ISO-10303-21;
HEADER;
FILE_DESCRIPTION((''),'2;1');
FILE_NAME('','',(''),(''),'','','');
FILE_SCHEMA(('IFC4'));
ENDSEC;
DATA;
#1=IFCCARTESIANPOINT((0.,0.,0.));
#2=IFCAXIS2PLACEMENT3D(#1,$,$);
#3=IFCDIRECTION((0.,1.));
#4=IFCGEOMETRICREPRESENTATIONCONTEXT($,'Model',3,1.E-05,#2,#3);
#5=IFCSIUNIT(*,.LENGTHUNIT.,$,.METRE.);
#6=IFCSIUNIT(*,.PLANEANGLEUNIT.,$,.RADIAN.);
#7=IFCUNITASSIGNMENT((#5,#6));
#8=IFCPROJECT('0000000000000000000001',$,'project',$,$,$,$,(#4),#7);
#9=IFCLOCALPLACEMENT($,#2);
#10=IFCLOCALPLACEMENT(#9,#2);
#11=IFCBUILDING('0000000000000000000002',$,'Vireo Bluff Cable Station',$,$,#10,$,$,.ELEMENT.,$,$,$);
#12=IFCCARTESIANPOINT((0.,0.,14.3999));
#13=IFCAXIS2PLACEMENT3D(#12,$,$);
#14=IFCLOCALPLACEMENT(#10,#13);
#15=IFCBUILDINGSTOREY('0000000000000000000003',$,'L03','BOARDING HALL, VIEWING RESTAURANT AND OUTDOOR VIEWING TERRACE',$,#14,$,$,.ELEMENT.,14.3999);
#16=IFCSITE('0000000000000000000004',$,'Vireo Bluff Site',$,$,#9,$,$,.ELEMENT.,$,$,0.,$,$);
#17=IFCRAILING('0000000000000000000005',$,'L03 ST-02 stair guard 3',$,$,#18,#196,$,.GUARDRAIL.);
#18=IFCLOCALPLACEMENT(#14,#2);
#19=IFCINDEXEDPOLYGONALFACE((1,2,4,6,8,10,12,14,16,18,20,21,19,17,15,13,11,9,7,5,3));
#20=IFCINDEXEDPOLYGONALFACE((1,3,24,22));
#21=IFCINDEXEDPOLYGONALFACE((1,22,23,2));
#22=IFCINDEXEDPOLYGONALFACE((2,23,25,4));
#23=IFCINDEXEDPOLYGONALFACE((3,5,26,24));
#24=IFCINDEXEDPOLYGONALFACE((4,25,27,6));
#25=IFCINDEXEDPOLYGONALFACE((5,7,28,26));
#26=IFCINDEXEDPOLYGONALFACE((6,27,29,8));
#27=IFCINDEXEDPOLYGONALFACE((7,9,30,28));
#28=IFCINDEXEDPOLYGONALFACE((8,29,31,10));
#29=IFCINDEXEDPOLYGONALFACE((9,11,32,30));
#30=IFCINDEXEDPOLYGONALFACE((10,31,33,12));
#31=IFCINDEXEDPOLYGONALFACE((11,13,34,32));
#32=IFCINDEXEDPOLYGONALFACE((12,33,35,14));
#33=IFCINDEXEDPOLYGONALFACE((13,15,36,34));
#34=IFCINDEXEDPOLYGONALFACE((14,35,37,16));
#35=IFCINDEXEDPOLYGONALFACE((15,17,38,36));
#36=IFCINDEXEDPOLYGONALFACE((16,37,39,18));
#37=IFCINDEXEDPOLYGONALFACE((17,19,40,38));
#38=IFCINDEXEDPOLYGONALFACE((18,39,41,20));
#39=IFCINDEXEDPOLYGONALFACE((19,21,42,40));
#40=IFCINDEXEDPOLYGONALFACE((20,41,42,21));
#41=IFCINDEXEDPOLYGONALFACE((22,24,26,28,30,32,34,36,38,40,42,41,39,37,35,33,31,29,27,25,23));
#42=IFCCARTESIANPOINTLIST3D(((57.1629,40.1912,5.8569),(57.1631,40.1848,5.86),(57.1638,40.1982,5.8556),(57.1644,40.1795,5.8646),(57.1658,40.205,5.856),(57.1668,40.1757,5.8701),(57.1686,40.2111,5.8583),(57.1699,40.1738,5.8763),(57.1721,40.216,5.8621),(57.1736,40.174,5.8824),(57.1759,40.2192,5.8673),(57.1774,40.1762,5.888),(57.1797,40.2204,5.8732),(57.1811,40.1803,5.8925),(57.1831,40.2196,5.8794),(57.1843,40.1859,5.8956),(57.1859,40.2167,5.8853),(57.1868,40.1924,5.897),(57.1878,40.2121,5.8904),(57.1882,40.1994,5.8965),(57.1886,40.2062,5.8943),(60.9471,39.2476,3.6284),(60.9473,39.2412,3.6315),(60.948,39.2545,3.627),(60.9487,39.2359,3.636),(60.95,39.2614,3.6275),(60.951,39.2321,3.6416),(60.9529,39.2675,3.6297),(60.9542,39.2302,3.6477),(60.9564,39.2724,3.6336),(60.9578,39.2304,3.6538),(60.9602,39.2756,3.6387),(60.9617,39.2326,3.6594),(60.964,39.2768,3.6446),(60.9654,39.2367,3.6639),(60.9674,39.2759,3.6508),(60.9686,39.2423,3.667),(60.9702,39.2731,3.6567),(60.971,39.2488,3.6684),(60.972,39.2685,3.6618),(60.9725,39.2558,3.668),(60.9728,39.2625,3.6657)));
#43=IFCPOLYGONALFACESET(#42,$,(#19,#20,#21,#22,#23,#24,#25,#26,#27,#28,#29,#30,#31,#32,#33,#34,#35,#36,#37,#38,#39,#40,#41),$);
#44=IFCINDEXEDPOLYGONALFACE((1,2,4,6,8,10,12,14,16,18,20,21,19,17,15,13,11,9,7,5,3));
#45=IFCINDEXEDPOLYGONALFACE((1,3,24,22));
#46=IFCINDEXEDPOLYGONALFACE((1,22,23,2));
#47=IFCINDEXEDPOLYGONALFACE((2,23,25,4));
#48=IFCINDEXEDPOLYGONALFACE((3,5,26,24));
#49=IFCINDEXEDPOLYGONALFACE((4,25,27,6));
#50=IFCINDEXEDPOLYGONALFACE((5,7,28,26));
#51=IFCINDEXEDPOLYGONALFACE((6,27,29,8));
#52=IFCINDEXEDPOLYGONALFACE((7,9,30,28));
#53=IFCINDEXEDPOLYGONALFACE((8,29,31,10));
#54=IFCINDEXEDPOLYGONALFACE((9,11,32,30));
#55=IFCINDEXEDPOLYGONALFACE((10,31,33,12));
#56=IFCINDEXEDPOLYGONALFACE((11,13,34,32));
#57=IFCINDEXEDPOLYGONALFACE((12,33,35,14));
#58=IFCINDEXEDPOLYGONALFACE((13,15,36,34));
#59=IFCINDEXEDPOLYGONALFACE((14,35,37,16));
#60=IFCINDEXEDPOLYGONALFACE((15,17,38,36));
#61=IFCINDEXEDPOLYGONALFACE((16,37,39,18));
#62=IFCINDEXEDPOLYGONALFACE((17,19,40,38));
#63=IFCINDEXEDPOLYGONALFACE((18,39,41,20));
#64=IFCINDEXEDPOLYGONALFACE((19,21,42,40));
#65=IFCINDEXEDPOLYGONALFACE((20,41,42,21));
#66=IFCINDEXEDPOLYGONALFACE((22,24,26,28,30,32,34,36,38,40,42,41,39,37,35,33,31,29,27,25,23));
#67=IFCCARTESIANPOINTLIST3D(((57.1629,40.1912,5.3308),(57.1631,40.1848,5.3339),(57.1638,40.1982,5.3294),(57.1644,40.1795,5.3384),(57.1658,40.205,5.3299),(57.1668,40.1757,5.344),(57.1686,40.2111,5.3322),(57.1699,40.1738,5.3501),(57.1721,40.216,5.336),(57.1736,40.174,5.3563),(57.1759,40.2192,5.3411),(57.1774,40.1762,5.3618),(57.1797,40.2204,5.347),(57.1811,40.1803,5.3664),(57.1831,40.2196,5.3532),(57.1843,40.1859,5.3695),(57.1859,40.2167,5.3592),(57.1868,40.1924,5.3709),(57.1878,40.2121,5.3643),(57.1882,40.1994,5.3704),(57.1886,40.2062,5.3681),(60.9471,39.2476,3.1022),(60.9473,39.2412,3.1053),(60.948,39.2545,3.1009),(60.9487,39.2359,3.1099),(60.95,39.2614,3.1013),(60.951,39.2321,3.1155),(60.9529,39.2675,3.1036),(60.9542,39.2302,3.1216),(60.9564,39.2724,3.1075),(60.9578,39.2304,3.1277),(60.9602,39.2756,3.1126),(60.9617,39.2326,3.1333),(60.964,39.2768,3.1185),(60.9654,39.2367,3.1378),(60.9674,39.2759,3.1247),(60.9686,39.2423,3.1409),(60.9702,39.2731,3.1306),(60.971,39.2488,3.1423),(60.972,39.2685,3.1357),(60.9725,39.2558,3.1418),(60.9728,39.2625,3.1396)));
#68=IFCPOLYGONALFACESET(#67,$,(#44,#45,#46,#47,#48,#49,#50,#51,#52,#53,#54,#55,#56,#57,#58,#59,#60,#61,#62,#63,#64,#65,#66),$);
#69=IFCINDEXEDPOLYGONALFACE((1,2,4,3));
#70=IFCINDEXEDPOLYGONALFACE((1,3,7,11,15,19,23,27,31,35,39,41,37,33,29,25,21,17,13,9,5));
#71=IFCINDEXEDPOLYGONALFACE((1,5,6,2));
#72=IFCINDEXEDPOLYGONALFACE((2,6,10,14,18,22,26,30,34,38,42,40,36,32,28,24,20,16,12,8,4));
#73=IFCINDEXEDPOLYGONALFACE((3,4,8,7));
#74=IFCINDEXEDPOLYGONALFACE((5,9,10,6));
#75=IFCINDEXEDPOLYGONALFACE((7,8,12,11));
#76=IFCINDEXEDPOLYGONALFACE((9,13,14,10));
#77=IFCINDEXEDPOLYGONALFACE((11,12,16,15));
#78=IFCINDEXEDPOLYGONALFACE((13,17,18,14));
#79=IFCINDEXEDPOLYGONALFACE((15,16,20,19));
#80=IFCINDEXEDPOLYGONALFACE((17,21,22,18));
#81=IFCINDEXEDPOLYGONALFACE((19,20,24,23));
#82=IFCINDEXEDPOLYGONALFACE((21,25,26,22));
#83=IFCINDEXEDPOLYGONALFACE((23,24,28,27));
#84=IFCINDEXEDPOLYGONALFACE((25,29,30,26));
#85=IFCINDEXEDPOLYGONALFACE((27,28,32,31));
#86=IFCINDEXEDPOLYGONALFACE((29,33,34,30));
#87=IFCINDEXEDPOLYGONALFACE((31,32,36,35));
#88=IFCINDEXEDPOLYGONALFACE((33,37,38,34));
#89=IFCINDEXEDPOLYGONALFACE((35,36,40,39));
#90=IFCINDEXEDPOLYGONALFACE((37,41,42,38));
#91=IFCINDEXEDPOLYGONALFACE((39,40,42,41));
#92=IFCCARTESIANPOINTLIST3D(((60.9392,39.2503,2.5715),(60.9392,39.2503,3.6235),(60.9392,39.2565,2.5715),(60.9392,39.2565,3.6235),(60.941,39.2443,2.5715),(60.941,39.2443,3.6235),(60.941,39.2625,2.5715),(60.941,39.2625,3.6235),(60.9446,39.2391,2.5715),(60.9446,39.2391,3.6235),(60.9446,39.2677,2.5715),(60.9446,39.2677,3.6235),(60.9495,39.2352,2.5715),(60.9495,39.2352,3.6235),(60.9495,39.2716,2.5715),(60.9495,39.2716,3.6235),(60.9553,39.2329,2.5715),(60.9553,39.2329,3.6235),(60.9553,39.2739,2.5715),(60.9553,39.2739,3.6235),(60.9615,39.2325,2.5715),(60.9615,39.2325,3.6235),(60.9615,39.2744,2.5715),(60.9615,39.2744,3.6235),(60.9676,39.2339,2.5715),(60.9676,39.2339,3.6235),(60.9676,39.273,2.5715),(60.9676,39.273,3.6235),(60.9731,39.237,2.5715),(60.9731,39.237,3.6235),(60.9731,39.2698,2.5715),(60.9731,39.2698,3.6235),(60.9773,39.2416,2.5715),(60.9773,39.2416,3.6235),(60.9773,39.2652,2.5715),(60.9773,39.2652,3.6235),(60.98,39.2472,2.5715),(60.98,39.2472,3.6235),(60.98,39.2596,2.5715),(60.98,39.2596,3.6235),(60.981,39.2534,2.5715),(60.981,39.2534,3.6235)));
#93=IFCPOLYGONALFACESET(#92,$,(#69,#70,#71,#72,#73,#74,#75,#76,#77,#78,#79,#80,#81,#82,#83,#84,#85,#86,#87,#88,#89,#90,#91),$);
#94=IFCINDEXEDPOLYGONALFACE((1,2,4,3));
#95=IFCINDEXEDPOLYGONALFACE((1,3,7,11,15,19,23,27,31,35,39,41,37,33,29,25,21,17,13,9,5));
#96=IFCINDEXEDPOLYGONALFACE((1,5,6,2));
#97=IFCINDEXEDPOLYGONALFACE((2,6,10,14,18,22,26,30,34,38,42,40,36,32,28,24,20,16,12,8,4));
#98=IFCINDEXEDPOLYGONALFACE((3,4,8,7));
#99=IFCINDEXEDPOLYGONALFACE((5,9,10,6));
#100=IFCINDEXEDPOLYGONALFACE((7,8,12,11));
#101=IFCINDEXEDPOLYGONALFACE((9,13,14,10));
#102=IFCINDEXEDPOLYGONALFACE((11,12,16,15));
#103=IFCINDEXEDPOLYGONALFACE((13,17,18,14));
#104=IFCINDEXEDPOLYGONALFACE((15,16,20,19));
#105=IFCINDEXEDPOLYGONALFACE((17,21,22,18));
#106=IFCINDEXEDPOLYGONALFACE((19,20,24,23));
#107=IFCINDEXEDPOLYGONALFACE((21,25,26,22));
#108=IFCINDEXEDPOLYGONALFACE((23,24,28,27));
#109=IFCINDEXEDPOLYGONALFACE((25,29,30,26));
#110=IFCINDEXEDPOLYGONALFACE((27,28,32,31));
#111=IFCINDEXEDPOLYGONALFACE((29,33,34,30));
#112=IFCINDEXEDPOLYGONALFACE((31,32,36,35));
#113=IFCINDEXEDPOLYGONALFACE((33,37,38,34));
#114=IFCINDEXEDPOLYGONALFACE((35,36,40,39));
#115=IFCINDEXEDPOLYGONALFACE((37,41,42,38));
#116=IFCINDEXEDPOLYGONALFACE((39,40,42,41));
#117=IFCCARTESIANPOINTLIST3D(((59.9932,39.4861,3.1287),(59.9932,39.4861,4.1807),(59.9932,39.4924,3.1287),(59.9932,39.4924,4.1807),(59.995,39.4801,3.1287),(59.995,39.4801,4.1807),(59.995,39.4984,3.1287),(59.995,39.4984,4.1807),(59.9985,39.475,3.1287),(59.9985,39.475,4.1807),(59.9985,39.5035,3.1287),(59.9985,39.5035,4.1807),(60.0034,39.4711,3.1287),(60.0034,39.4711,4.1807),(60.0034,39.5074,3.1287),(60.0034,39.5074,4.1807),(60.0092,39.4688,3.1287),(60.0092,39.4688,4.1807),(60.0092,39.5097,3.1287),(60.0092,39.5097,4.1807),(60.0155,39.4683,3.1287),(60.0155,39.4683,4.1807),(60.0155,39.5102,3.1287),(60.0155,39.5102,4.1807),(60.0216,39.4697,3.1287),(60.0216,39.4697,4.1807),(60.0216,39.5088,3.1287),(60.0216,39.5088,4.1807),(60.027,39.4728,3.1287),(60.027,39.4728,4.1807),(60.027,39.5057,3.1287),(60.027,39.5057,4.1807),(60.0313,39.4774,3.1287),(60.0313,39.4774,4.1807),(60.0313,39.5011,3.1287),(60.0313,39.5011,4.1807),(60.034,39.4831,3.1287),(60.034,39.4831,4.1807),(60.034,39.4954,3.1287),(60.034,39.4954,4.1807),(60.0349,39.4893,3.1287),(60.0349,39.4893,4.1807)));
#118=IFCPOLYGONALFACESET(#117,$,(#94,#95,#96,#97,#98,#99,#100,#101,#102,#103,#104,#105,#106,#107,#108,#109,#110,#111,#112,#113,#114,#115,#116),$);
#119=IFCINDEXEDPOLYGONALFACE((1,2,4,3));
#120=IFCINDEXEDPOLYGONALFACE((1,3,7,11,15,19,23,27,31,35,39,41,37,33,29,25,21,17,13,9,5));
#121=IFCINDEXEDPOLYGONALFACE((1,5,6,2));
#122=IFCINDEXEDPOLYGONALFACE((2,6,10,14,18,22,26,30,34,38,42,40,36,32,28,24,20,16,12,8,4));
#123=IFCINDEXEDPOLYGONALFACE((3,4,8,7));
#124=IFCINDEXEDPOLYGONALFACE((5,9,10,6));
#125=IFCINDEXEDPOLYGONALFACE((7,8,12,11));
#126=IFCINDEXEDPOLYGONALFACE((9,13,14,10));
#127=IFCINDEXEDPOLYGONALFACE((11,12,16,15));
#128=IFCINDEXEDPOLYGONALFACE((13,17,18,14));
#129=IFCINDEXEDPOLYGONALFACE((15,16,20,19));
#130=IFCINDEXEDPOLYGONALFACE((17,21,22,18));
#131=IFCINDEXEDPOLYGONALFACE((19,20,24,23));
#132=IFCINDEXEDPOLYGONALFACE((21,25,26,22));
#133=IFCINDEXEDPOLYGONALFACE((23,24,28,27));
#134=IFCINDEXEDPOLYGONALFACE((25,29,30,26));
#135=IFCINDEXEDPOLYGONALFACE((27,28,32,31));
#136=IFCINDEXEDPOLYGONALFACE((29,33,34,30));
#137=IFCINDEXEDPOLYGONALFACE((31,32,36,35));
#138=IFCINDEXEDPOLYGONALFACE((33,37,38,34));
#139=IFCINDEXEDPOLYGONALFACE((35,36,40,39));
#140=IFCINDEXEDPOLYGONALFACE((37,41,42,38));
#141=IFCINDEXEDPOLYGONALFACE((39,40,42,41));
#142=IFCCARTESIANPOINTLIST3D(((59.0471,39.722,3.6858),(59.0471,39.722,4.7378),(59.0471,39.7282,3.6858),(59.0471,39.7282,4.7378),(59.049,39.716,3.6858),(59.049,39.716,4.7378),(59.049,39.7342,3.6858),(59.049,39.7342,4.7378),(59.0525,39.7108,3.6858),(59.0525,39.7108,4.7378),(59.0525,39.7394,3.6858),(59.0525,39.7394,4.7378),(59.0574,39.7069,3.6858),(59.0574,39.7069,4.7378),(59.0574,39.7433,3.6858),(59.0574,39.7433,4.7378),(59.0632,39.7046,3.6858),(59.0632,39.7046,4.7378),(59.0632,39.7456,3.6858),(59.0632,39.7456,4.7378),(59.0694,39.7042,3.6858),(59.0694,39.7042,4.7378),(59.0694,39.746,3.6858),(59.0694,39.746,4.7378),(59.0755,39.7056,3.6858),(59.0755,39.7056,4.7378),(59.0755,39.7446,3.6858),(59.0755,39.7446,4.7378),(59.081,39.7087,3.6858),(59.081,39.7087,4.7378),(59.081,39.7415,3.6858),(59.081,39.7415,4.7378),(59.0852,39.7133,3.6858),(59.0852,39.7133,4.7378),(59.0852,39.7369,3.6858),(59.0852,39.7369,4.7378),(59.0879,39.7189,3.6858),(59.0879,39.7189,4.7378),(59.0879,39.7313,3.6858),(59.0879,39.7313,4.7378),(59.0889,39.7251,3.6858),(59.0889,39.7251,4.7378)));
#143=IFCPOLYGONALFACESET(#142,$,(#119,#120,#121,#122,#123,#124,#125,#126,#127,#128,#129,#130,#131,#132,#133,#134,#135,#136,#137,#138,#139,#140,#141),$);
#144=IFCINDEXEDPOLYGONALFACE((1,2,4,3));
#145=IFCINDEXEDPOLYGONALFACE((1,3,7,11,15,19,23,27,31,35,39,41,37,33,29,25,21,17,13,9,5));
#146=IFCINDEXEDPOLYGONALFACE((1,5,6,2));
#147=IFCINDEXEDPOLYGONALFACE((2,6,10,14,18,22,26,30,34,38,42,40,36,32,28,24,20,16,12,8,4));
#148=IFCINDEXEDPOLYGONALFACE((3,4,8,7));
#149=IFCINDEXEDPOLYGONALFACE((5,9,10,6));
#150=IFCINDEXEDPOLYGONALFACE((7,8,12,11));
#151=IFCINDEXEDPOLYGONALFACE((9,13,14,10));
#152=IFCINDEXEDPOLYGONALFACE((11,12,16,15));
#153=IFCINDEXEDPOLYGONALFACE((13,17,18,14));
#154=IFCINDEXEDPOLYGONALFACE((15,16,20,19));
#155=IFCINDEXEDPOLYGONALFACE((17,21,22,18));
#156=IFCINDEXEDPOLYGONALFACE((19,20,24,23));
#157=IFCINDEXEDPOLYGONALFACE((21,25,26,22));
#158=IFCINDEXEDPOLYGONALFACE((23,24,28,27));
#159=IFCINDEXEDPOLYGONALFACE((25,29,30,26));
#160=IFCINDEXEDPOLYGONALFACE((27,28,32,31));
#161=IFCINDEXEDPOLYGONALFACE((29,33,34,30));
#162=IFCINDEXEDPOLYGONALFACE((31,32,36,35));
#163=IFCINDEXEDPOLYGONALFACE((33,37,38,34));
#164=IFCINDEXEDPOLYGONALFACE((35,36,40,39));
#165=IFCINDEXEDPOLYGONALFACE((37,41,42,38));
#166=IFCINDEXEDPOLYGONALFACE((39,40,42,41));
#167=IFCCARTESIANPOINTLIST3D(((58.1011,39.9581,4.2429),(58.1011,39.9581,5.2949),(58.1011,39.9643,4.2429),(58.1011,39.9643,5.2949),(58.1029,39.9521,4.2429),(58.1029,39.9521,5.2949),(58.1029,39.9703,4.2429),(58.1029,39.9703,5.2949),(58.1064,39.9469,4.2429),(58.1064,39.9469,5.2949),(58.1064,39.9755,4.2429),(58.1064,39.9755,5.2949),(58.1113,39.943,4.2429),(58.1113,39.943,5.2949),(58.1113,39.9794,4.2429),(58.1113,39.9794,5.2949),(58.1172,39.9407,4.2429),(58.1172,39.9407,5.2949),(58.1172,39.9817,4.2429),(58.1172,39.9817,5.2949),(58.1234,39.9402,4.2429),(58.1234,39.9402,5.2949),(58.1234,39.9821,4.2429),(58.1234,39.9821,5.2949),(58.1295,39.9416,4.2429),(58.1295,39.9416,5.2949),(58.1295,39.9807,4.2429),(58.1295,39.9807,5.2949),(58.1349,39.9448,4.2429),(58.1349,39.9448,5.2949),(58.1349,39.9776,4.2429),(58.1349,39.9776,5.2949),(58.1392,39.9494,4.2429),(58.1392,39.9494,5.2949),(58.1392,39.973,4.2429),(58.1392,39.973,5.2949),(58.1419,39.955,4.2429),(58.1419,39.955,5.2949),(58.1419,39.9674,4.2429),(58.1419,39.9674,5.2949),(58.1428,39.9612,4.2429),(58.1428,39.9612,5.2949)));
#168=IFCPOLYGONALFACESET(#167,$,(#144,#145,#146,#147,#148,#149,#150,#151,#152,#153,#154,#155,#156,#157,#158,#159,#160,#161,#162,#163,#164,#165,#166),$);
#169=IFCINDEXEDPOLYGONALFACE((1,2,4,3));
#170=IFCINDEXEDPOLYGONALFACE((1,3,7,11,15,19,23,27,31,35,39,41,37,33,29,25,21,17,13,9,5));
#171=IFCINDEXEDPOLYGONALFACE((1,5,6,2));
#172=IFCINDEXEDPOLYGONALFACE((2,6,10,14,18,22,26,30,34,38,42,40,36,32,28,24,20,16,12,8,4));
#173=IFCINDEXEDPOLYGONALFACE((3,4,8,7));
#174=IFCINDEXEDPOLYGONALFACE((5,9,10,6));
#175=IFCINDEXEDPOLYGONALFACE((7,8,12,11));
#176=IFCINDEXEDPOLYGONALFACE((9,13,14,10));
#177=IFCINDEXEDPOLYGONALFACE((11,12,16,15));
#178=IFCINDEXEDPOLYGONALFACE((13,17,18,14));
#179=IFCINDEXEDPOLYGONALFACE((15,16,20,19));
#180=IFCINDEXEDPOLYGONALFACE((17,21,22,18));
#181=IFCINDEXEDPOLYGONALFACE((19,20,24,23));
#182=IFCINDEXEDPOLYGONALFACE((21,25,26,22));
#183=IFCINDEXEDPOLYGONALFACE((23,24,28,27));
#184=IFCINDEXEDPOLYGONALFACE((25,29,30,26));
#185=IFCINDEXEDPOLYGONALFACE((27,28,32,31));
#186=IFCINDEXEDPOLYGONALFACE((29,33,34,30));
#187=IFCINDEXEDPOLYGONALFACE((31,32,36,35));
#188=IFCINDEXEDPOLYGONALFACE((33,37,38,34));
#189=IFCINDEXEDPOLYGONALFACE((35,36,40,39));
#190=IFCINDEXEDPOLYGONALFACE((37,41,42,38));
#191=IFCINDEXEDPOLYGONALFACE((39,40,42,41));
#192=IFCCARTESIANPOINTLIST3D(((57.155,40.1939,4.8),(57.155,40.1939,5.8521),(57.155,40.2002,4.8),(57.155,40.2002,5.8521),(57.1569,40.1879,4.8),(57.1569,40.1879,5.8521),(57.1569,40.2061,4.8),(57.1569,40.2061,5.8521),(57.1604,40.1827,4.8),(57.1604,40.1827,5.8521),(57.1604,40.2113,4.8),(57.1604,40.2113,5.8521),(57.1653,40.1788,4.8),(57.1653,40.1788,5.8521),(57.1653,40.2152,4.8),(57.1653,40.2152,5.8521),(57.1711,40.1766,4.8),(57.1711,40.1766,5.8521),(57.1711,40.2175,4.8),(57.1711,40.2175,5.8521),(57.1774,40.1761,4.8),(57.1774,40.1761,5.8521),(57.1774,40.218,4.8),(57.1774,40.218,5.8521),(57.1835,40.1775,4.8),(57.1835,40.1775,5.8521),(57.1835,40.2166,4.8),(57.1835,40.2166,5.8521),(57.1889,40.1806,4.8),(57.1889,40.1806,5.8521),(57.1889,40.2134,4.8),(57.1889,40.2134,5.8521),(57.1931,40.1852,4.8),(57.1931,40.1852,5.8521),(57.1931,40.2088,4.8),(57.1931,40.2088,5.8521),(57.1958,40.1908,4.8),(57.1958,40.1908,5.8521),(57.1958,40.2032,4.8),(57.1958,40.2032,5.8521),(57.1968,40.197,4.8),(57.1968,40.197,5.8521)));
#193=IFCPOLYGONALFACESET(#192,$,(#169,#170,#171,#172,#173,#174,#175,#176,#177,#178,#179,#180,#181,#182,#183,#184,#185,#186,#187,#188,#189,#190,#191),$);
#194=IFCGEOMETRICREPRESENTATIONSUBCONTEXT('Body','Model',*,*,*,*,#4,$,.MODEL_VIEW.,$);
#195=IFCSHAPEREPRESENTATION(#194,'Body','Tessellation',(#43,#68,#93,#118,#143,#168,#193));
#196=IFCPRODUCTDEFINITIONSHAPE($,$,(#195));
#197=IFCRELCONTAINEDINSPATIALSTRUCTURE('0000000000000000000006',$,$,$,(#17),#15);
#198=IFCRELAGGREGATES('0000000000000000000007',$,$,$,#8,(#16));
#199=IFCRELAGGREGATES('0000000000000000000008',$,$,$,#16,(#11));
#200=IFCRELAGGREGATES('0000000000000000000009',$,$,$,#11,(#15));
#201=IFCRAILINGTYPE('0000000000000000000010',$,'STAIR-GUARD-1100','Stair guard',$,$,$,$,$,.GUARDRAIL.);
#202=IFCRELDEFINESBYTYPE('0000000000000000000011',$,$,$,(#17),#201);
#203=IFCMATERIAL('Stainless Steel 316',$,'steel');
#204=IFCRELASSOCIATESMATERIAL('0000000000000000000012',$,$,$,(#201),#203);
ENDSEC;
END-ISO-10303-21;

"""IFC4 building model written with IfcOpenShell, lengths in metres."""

from ifc_helpers import new_model, si_unit, direction, frame, origin, origin_2d, place, context, subcontext, project, spatial, circle, extrude, material, type_object, element, save


model = new_model("IFC4")

# Units and contexts
model_context = context("Model", 3, precision=1e-05, world=origin(), true_north=direction((0.0, 1.0)))
body_context = subcontext(model_context, "Body", "Model", "MODEL_VIEW")
ifc_project = project(units=[si_unit("LENGTHUNIT", "METRE"), si_unit("PLANEANGLEUNIT", "RADIAN")], contexts=[model_context])

# Site, building, storey
site_placement = place(None, origin())
site = spatial("IfcSite", under=ifc_project, at=site_placement, Name="Vireo Bluff Site", CompositionType="ELEMENT", RefElevation=0.0)
building_placement = place(site_placement, origin())
building = spatial("IfcBuilding", under=site, at=building_placement, Name="Vireo Bluff Cable Station", CompositionType="ELEMENT")
storey_placement = place(building_placement, frame((0.0, 0.0, 14.3999)))
storey = spatial("IfcBuildingStorey", under=building, at=storey_placement, Name="L03", Description="BOARDING HALL, VIEWING RESTAURANT AND OUTDOOR VIEWING TERRACE", CompositionType="ELEMENT", Elevation=14.3999)

# Shared definitions
ifc_material_1 = material(Name="Stainless Steel 316", Category="steel")

# Railing
railing_type_1 = type_object("IfcRailingType", Name="STAIR-GUARD-1100", Description="Stair guard", PredefinedType="GUARDRAIL", material=ifc_material_1)
railing_1_placement = place(storey_placement, frame((60.96, 39.2534, 2.5715)))
element("IfcRailing", 1, at=railing_1_placement, inside=storey, type_object=railing_type_1, Name="L03 ST-02 stair guard 3", PredefinedType="GUARDRAIL", context=body_context, shape_type="SweptSolid", body=[
    extrude(circle(Radius=0.0239, at=origin_2d()), frame((0.0, 0.0, 1.0762), z_axis=(-0.842455, 0.21007, 0.496125), x_axis=(-0.241946, -0.97029, 0.0)), (0.0, 0.0, 1.0), 4.4919),
    extrude(circle(Radius=0.0239, at=origin_2d()), frame((0.0, 0.0, 0.55), z_axis=(-0.842455, 0.21007, 0.496125), x_axis=(-0.241946, -0.97029, 0.0)), (0.0, 0.0, 1.0), 4.4919),
    extrude(circle(Radius=0.021, at=origin_2d()), origin(), (0.0, 0.0, 1.0), 1.052),
    extrude(circle(Radius=0.021, at=origin_2d()), frame((-0.946, 0.2358, 0.5571)), (0.0, 0.0, 1.0), 1.052),
    extrude(circle(Radius=0.021, at=origin_2d()), frame((-1.8921, 0.4717, 1.1143)), (0.0, 0.0, 1.0), 1.052),
    extrude(circle(Radius=0.021, at=origin_2d()), frame((-2.8381, 0.7078, 1.6714)), (0.0, 0.0, 1.0), 1.052),
    extrude(circle(Radius=0.021, at=origin_2d()), frame((-3.7842, 0.9436, 2.2285)), (0.0, 0.0, 1.0), 1.052),
])

save(model, "model.ifc")
